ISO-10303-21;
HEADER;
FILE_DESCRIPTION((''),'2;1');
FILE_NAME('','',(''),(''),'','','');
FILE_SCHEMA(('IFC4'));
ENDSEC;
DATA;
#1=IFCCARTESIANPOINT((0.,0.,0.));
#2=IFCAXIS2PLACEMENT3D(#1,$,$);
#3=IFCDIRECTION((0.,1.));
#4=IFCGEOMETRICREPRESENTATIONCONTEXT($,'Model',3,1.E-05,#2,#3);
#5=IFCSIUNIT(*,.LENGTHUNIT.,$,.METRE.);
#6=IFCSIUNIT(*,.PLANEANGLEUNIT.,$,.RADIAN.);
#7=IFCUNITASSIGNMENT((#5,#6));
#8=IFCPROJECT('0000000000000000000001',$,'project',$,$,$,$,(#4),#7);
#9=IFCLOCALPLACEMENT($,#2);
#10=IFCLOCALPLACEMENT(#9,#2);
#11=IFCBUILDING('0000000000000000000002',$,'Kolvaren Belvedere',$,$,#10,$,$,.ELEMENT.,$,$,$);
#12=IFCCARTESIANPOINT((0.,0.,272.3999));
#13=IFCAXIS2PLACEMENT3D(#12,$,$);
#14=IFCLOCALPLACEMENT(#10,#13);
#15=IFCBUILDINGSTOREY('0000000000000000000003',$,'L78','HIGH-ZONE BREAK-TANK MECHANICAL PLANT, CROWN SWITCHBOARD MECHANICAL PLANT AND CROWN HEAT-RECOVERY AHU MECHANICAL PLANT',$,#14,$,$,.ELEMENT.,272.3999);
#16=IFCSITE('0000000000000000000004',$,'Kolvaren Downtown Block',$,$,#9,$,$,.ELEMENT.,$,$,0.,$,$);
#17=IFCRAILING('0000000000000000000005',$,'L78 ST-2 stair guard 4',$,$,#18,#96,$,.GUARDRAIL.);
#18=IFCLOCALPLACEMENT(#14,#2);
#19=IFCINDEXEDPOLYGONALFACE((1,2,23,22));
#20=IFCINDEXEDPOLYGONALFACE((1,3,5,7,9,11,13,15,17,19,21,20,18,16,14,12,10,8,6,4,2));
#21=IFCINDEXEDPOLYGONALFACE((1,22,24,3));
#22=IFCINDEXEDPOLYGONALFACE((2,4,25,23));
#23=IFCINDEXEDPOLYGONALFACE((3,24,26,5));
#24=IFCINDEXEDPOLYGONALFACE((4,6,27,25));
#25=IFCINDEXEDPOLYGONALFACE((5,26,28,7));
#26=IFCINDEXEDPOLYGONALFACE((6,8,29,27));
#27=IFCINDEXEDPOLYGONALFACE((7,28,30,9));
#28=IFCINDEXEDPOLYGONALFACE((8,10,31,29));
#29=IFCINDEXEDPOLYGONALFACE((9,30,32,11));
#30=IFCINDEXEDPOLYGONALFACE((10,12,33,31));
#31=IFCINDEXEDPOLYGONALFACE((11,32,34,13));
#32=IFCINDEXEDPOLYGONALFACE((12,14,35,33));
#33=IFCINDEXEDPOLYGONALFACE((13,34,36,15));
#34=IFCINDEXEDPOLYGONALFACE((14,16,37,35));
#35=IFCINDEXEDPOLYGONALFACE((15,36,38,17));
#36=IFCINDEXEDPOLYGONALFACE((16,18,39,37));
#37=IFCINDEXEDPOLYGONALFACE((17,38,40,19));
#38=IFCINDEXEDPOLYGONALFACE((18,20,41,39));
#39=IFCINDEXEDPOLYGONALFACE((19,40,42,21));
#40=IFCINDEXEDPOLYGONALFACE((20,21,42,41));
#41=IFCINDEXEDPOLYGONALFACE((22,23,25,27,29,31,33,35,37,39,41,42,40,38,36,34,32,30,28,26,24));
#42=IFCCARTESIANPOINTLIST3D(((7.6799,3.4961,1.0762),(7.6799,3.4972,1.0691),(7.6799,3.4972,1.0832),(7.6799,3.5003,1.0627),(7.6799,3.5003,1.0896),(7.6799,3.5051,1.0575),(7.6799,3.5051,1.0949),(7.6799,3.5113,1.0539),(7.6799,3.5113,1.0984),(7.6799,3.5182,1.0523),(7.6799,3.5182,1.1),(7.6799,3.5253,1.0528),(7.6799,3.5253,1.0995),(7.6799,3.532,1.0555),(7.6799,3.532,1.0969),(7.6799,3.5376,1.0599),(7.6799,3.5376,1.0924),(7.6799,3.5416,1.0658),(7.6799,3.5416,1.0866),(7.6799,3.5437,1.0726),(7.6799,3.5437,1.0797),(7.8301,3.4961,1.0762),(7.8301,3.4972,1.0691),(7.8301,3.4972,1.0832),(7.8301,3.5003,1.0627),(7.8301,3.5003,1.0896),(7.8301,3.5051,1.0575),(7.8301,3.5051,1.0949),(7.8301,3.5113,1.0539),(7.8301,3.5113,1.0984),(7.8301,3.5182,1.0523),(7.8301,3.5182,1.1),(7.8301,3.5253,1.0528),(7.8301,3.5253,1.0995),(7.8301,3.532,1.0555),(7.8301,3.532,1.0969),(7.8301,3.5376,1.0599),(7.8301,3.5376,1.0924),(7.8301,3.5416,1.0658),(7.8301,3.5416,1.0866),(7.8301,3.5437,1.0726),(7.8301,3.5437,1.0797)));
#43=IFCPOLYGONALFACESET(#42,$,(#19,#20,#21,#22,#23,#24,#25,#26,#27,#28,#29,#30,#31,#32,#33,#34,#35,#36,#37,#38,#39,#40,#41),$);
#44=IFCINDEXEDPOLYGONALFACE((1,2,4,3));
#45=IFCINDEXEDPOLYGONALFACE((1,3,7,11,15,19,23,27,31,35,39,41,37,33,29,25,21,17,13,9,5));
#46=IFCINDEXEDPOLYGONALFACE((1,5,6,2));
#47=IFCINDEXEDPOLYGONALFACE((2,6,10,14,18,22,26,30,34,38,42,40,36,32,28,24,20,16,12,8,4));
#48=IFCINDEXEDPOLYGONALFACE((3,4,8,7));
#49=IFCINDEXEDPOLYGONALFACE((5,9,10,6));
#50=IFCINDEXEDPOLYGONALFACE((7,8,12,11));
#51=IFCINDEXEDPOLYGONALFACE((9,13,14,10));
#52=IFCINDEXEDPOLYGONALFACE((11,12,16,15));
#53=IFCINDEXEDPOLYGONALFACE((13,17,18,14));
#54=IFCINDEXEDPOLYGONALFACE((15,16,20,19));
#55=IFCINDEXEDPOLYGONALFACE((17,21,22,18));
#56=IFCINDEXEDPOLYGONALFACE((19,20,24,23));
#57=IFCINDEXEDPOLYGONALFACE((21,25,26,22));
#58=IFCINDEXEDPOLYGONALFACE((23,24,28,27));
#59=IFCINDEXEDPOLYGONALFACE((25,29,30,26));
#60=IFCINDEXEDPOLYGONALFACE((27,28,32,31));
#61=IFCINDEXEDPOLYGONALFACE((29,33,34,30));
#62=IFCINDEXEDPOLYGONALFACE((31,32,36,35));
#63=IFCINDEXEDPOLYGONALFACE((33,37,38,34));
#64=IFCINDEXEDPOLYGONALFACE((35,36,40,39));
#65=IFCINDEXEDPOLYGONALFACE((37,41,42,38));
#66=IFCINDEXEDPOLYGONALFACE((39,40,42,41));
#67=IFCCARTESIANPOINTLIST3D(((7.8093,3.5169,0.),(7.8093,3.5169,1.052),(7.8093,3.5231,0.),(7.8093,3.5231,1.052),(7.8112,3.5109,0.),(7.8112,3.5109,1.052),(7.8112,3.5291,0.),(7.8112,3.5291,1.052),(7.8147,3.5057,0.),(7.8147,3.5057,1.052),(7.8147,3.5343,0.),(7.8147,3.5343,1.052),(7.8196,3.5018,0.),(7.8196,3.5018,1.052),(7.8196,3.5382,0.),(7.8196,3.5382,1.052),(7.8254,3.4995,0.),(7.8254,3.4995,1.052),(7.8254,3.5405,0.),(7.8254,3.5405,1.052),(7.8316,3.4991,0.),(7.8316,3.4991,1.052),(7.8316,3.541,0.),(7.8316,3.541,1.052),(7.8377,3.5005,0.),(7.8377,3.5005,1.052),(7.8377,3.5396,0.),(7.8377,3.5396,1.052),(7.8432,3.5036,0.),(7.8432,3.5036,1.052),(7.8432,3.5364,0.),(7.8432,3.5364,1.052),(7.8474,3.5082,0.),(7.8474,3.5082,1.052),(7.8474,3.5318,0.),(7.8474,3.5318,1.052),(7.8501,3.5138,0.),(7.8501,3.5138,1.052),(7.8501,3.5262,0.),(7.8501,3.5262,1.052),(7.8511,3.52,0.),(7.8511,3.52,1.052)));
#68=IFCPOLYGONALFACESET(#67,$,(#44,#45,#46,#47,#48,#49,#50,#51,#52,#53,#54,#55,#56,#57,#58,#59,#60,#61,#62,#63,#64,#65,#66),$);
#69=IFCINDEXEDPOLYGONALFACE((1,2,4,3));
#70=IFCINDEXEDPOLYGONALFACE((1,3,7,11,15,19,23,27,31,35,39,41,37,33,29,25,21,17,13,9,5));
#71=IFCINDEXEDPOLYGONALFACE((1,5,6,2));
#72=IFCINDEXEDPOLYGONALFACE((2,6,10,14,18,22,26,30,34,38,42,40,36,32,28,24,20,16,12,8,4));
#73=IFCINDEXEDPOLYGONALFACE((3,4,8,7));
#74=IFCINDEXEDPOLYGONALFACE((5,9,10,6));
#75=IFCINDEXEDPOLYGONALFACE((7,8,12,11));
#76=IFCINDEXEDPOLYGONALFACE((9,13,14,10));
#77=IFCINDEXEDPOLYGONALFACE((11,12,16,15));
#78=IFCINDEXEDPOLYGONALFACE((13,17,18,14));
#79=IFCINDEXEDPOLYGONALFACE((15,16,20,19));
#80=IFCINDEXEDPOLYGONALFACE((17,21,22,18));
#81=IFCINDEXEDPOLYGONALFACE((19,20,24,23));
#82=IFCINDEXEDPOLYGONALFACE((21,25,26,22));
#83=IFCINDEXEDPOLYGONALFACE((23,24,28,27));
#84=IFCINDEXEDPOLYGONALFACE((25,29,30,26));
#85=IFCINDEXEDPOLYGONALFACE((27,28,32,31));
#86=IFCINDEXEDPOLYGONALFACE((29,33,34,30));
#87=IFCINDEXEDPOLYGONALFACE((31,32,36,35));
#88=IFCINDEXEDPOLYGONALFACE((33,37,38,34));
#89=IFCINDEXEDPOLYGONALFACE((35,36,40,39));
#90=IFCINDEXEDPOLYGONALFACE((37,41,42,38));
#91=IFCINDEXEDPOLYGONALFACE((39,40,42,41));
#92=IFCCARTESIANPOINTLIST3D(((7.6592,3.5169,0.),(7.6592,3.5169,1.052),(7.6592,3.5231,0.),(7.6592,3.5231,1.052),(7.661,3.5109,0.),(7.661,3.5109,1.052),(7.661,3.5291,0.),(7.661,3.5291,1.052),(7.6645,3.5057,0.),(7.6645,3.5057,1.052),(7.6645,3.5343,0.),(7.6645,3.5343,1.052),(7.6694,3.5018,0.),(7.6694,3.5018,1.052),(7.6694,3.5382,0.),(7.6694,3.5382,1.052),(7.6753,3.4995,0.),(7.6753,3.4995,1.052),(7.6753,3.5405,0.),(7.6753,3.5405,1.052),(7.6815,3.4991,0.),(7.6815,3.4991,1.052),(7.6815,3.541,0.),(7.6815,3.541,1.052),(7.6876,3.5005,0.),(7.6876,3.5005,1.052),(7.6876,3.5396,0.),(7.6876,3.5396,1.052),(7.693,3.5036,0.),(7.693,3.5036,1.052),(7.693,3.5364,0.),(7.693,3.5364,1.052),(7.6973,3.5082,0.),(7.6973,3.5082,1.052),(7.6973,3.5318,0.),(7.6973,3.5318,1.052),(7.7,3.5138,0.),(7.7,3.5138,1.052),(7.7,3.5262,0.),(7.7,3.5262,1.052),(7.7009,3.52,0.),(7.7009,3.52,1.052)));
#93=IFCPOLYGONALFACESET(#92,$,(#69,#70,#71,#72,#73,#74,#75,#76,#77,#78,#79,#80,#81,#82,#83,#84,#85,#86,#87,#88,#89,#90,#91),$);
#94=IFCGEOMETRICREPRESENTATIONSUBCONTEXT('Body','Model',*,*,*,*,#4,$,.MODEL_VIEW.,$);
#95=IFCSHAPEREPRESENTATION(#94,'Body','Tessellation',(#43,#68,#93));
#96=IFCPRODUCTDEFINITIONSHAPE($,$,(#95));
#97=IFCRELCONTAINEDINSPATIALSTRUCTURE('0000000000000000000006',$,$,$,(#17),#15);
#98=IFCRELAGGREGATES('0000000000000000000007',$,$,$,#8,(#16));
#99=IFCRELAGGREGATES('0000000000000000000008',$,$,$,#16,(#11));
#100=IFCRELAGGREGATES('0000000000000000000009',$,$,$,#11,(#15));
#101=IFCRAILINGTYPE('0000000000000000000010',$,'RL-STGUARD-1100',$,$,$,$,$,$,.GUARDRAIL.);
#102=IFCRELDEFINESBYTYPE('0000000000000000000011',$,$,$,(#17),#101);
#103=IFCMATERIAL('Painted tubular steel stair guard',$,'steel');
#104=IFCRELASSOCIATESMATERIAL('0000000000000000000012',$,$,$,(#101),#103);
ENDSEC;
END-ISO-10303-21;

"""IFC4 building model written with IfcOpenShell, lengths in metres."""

from ifc_helpers import new_model, si_unit, direction, frame, origin, origin_2d, place, context, subcontext, project, spatial, circle, extrude, material, type_object, element, save


model = new_model("IFC4")

# Units and contexts
model_context = context("Model", 3, precision=1e-05, world=origin(), true_north=direction((0.0, 1.0)))
body_context = subcontext(model_context, "Body", "Model", "MODEL_VIEW")
ifc_project = project(units=[si_unit("LENGTHUNIT", "METRE"), si_unit("PLANEANGLEUNIT", "RADIAN")], contexts=[model_context])

# Site, building, storey
site_placement = place(None, origin())
site = spatial("IfcSite", under=ifc_project, at=site_placement, Name="Kolvaren Downtown Block", CompositionType="ELEMENT", RefElevation=0.0)
building_placement = place(site_placement, origin())
building = spatial("IfcBuilding", under=site, at=building_placement, Name="Kolvaren Belvedere", CompositionType="ELEMENT")
storey_placement = place(building_placement, frame((0.0, 0.0, 272.3999)))
storey = spatial("IfcBuildingStorey", under=building, at=storey_placement, Name="L78", Description="HIGH-ZONE BREAK-TANK MECHANICAL PLANT, CROWN SWITCHBOARD MECHANICAL PLANT AND CROWN HEAT-RECOVERY AHU MECHANICAL PLANT", CompositionType="ELEMENT", Elevation=272.3999)

# Railing
ifc_material_1 = material(Name="Painted tubular steel stair guard", Category="steel")
railing_type_1 = type_object("IfcRailingType", Name="RL-STGUARD-1100", PredefinedType="GUARDRAIL", material=ifc_material_1)
railing_1_placement = place(storey_placement, frame((7.8301, 3.52, 0.0)))
element("IfcRailing", 1, at=railing_1_placement, inside=storey, type_object=railing_type_1, Name="L78 ST-2 stair guard 4", PredefinedType="GUARDRAIL", context=body_context, shape_type="SweptSolid", body=[
    extrude(circle(Radius=0.0239, at=origin_2d()), frame((0.0, 0.0, 1.0762), z_axis=(-1.0, 0.0, 0.0), x_axis=(0.0, -1.0, 0.0)), (0.0, 0.0, 1.0), 0.1501),
    extrude(circle(Radius=0.021, at=origin_2d()), origin(), (0.0, 0.0, 1.0), 1.052),
    extrude(circle(Radius=0.021, at=origin_2d()), frame((-0.1501, 0.0, 0.0)), (0.0, 0.0, 1.0), 1.052),
])

save(model, "model.ifc")
